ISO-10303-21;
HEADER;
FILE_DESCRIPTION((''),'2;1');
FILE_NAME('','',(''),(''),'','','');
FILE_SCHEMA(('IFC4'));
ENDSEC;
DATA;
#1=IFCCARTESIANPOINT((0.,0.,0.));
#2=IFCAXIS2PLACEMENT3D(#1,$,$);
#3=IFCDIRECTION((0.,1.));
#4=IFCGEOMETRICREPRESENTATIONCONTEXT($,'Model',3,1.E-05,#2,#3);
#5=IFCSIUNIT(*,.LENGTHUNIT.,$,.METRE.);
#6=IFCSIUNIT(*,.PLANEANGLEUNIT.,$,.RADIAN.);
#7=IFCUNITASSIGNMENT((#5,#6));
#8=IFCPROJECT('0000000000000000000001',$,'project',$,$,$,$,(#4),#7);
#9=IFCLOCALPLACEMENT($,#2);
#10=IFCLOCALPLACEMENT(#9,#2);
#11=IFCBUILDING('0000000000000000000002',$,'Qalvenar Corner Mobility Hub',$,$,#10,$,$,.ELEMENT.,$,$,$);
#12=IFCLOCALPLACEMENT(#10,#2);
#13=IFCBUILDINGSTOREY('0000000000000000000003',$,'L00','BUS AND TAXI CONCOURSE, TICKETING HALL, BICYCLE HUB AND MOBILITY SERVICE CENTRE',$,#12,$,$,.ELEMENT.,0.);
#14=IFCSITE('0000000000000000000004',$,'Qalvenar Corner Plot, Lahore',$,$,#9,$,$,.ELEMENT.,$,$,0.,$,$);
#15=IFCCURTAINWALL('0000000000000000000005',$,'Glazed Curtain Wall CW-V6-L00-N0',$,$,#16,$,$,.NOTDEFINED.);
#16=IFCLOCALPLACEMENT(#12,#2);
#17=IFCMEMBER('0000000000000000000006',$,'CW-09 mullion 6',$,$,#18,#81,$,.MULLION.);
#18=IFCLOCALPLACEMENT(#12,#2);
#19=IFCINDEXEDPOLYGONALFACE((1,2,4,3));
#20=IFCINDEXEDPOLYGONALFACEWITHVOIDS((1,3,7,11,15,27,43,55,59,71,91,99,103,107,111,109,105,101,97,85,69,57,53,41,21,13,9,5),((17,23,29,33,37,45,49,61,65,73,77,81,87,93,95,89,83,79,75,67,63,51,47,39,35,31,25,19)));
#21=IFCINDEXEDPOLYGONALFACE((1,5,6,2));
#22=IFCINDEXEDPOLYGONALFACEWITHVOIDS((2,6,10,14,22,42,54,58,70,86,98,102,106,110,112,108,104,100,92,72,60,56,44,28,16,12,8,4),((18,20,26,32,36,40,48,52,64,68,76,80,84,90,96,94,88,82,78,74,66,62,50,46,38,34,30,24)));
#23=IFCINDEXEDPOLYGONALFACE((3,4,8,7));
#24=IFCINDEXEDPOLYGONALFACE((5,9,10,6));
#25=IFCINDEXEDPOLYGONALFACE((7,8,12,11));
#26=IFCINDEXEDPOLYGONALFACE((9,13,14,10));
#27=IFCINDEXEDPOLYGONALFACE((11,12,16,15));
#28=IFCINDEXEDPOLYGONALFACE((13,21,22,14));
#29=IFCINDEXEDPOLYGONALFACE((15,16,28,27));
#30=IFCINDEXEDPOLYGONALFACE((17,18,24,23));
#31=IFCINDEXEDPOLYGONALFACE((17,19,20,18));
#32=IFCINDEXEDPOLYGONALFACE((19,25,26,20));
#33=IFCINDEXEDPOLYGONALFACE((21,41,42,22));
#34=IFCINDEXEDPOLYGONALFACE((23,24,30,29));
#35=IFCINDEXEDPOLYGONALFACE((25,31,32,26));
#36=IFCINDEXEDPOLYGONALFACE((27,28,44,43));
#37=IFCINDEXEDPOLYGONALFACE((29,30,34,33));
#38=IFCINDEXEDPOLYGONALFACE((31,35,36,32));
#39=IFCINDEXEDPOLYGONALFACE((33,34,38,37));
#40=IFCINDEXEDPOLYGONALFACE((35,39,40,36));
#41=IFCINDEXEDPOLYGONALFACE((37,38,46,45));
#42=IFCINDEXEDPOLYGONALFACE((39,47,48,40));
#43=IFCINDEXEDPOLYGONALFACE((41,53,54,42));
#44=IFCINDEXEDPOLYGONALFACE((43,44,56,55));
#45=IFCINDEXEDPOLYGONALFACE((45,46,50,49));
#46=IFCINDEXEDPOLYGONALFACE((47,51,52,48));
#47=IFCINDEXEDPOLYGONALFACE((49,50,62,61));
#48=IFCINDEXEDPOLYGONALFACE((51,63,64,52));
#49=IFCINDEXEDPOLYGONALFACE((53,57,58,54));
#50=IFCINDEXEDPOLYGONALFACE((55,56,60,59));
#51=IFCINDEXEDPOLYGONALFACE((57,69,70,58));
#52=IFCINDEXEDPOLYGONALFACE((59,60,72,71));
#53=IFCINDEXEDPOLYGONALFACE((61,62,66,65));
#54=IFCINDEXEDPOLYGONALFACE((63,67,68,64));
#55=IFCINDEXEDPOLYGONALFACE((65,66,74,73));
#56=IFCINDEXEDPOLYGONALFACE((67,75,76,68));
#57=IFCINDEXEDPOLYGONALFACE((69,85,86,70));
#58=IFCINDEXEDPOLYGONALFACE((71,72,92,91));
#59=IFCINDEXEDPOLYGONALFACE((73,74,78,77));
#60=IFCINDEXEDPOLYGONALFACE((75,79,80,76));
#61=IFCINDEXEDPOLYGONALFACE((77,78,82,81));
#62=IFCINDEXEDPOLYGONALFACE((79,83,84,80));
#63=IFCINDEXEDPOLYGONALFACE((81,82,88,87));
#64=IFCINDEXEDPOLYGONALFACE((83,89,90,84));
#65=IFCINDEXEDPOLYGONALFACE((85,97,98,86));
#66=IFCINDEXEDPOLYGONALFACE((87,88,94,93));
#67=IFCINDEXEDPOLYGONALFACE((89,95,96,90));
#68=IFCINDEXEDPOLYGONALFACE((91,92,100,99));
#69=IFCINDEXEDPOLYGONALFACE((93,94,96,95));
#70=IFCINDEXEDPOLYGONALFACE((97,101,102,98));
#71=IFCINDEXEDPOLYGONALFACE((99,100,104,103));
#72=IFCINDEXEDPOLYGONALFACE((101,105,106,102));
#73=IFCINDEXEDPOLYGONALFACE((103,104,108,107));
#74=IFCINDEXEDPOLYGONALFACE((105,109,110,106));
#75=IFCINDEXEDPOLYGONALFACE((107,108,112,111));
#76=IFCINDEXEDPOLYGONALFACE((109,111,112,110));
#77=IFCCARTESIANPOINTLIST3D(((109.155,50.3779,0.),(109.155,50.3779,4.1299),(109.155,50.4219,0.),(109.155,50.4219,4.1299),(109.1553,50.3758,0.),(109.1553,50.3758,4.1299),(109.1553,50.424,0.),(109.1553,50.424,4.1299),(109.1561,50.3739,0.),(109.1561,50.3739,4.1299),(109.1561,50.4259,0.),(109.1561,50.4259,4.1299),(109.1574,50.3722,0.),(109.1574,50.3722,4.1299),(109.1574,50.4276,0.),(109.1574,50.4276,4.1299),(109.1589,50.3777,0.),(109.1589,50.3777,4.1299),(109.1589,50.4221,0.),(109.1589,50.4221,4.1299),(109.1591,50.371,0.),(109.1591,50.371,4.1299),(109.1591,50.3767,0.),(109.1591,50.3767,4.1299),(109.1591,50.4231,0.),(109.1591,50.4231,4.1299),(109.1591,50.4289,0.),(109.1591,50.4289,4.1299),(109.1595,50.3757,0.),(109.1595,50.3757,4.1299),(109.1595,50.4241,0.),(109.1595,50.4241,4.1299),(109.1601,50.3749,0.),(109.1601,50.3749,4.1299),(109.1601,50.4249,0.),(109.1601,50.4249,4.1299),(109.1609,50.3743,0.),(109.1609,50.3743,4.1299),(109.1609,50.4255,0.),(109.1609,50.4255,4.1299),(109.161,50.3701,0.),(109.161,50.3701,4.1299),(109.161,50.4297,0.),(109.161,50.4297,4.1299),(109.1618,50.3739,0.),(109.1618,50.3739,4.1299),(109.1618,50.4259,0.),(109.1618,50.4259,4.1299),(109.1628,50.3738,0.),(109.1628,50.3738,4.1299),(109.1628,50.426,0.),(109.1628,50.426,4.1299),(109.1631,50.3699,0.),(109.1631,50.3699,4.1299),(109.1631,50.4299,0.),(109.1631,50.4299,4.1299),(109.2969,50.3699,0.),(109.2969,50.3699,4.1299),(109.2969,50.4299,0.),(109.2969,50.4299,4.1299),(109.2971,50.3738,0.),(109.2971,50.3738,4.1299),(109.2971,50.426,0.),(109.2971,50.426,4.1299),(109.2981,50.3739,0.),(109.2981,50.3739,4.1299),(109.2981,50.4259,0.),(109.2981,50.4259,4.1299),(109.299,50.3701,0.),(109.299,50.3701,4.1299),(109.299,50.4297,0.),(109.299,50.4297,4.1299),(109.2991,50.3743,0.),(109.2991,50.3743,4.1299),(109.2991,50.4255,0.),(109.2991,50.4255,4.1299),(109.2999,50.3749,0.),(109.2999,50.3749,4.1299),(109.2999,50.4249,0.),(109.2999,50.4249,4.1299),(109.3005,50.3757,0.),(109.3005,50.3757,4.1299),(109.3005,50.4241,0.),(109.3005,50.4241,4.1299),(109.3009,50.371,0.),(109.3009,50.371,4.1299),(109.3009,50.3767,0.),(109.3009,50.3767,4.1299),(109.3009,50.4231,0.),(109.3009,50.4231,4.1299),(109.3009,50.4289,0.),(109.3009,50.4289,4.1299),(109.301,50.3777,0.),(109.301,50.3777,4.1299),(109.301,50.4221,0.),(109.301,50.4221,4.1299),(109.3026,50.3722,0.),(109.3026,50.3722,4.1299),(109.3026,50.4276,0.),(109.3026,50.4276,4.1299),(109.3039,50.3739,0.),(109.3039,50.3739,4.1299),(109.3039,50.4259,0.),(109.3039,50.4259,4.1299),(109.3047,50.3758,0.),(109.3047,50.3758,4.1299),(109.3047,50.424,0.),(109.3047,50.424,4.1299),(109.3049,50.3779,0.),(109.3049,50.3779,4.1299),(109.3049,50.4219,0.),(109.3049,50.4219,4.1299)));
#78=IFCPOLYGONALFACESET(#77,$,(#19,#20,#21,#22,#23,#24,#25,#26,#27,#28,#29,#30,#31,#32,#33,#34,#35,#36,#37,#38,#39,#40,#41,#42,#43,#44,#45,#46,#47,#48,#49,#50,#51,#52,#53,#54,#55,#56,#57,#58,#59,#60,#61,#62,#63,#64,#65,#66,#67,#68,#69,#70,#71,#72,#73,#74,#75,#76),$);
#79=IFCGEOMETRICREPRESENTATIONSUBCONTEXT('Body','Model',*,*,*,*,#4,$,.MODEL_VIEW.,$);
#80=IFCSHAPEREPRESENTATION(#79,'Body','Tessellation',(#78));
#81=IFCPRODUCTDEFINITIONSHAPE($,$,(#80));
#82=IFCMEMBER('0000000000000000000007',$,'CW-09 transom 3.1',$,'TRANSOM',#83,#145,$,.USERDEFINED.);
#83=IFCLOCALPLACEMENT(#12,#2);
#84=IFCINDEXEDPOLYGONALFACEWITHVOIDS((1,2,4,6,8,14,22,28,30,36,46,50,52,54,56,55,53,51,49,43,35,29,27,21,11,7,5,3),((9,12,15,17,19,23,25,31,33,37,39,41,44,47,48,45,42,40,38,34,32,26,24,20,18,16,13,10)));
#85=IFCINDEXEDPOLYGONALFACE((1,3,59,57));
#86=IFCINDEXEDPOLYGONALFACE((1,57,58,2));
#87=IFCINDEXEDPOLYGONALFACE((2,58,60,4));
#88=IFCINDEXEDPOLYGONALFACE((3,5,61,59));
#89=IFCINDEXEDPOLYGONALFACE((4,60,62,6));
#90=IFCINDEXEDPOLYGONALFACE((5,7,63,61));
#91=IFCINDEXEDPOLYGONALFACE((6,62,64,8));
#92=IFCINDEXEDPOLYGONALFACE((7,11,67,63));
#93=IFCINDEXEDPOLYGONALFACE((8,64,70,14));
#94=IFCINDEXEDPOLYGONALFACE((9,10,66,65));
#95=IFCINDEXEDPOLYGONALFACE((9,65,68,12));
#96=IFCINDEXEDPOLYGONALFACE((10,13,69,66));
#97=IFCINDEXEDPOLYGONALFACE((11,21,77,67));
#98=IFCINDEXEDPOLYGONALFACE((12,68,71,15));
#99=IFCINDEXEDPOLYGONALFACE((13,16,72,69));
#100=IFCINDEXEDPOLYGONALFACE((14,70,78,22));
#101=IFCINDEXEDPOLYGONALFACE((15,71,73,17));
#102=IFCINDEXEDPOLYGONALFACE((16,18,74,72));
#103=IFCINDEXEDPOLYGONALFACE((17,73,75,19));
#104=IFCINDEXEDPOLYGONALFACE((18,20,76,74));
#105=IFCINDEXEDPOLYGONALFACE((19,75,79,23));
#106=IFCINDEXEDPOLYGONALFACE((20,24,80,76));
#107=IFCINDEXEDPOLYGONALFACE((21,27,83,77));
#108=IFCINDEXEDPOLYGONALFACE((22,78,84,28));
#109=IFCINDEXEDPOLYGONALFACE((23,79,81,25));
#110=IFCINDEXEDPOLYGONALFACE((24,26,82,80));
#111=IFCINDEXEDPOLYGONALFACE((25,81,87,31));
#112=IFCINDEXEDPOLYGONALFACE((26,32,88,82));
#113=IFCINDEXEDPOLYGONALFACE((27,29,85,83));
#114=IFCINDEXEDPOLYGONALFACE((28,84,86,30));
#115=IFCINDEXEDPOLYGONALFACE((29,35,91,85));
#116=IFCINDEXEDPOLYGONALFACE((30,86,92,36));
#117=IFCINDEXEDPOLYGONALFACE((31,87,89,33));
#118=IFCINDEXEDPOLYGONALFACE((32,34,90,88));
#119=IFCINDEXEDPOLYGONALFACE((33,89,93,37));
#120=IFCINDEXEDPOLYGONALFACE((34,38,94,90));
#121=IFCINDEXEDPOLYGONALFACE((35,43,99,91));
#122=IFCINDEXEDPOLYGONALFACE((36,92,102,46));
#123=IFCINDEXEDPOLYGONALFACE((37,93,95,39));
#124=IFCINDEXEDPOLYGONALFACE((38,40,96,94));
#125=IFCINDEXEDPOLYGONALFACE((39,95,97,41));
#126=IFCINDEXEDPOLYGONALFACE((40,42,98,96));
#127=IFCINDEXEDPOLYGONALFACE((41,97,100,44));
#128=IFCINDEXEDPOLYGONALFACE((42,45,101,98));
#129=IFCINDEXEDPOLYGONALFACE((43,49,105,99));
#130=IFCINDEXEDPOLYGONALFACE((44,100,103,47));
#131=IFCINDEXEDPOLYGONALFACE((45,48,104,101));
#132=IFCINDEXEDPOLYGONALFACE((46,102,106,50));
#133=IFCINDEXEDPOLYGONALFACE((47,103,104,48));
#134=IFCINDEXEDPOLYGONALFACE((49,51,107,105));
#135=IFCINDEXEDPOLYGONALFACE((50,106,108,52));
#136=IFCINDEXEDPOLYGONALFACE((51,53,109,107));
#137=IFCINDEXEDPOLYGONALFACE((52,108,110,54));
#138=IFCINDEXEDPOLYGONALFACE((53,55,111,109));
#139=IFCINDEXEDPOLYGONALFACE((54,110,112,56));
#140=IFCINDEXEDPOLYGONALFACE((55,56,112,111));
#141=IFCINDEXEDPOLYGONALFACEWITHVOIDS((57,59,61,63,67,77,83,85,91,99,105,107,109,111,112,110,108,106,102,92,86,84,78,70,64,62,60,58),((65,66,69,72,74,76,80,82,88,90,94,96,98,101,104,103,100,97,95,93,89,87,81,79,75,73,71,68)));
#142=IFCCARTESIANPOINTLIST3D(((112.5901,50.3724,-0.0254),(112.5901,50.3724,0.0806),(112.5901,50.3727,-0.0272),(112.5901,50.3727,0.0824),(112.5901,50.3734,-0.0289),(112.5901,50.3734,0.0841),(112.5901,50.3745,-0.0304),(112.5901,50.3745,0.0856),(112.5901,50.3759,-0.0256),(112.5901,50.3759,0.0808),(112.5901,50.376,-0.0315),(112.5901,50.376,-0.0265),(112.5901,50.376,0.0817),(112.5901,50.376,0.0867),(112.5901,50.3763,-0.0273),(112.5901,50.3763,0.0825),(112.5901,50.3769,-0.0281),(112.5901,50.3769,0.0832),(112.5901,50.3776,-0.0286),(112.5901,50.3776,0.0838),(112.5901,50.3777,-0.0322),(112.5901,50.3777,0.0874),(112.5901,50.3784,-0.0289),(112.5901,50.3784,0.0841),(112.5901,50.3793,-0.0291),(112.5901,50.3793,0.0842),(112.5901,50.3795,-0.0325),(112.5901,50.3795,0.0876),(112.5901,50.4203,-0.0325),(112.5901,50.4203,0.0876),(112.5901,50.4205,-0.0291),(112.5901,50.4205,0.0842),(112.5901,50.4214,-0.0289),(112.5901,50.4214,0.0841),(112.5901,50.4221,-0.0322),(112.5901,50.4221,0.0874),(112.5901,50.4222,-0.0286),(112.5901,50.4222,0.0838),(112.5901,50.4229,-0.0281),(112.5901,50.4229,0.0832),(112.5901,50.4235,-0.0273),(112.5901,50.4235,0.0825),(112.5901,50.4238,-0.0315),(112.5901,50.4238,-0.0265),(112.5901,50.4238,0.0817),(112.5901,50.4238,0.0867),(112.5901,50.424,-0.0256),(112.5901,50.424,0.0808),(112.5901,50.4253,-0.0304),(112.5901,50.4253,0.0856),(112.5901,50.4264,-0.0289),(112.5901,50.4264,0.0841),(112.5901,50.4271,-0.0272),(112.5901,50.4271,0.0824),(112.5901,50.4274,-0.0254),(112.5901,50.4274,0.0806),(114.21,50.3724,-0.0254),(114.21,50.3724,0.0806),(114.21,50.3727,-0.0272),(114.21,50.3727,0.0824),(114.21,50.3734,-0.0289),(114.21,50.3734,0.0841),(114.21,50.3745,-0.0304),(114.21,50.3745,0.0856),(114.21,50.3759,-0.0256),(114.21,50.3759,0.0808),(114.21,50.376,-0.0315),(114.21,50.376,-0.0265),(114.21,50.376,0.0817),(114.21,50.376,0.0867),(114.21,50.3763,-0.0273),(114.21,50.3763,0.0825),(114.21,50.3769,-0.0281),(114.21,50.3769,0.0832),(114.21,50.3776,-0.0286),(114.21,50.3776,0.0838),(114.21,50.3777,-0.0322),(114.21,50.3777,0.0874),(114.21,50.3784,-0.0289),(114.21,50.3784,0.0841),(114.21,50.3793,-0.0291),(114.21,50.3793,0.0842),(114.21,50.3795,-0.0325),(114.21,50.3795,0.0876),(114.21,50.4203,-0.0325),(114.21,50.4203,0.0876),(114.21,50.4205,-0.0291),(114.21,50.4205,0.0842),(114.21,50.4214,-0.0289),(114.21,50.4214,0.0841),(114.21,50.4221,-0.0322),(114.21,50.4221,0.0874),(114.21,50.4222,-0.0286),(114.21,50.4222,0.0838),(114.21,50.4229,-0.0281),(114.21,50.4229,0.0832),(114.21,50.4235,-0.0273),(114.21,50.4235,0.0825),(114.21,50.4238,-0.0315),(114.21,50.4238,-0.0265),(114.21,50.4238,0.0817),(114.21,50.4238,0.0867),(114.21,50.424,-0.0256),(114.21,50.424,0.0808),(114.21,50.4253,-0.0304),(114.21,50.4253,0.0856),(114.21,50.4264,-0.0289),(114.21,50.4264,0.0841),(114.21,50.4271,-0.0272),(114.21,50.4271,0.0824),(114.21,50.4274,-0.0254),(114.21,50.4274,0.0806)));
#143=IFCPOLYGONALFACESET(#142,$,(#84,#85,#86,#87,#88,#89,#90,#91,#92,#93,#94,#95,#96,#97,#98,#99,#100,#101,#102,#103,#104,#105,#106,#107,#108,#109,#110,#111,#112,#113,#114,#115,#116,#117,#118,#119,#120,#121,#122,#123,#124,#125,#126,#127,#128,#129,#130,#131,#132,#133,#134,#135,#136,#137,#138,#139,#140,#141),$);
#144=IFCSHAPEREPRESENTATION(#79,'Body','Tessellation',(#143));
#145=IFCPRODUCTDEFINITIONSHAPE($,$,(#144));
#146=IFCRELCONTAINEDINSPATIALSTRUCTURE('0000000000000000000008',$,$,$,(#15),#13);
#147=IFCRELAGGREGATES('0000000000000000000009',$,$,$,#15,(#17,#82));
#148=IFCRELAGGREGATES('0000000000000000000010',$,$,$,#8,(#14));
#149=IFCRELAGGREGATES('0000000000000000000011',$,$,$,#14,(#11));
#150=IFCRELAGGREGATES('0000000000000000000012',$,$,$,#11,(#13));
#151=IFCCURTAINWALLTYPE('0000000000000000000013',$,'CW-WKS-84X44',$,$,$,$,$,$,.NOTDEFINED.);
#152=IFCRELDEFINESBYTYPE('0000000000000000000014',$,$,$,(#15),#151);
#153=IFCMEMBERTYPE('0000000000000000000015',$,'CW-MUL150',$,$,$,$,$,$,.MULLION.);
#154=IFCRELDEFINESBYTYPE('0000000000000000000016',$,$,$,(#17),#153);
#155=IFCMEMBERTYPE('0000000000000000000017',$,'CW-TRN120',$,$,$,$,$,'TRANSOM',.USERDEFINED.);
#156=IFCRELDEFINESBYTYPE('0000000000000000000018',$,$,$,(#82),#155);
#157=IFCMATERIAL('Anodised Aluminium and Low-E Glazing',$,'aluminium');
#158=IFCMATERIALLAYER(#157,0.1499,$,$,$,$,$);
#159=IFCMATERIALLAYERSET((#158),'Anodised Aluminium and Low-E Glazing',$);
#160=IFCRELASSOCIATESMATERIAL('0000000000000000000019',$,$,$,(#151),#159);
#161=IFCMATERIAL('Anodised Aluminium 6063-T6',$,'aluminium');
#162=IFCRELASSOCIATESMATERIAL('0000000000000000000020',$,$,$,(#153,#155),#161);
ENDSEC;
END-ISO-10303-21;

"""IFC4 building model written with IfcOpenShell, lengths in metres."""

from ifc_helpers import new_model, si_unit, direction, frame, origin, origin_2d, place, context, subcontext, project, spatial, hollow_rectangle, extrude, material, layer, layer_set, material_profile, profile_set, type_object, element, aggregate, save


model = new_model("IFC4")

# Units and contexts
model_context = context("Model", 3, precision=1e-05, world=origin(), true_north=direction((0.0, 1.0)))
body_context = subcontext(model_context, "Body", "Model", "MODEL_VIEW")
ifc_project = project(units=[si_unit("LENGTHUNIT", "METRE"), si_unit("PLANEANGLEUNIT", "RADIAN")], contexts=[model_context])

# Site, building, storey
site_placement = place(None, origin())
site = spatial("IfcSite", under=ifc_project, at=site_placement, Name="Qalvenar Corner Plot, Lahore", CompositionType="ELEMENT", RefElevation=0.0)
building_placement = place(site_placement, origin())
building = spatial("IfcBuilding", under=site, at=building_placement, Name="Qalvenar Corner Mobility Hub", CompositionType="ELEMENT")
storey_placement = place(building_placement, origin())
storey = spatial("IfcBuildingStorey", under=building, at=storey_placement, Name="L00", Description="BUS AND TAXI CONCOURSE, TICKETING HALL, BICYCLE HUB AND MOBILITY SERVICE CENTRE", CompositionType="ELEMENT", Elevation=0.0)

# Curtain wall, members
ifc_material_1 = material(Name="Anodised Aluminium and Low-E Glazing", Category="aluminium")
ifc_layer_1 = layer(ifc_material_1, 0.1499)
ifc_layer_set_1 = layer_set([ifc_layer_1], Name="Anodised Aluminium and Low-E Glazing")
curtain_wall_type = type_object("IfcCurtainWallType", Name="CW-WKS-84X44", PredefinedType="NOTDEFINED", material=ifc_layer_set_1)
curtain_wall_placement = place(storey_placement, origin())
curtain_wall = element("IfcCurtainWall", 1, at=curtain_wall_placement, inside=storey, type_object=curtain_wall_type, Name="Glazed Curtain Wall CW-V6-L00-N0", PredefinedType="NOTDEFINED")
ifc_material_2 = material(Name="Anodised Aluminium 6063-T6", Category="aluminium")
ifc_material_profile_1 = material_profile(ifc_material_2, hollow_rectangle(XDim=0.0601, YDim=0.1499, WallThickness=0.0039, InnerFilletRadius=0.0039, OuterFilletRadius=0.0081, at=origin_2d()), Name="RHS150x60x4")
ifc_profile_set_1 = profile_set([ifc_material_profile_1], Name="Anodised Aluminium 6063-T6")
member_type_1 = type_object("IfcMemberType", Name="CW-MUL150", PredefinedType="MULLION", material=ifc_profile_set_1)
member_1_placement = place(storey_placement, frame((109.23, 50.3999, 0.0), z_axis=(0.0, 0.0, 1.0), x_axis=(0.0, -1.0, 0.0)))
member_1 = element("IfcMember", 2, at=member_1_placement, type_object=member_type_1, Name="CW-09 mullion 6", PredefinedType="MULLION", context=body_context, shape_type="SweptSolid", body=[
    extrude(hollow_rectangle(XDim=0.0601, YDim=0.1499, WallThickness=0.0039, InnerFilletRadius=0.0039, OuterFilletRadius=0.0081, at=origin_2d()), origin(), (0.0, 0.0, 1.0), 4.1299),
])
ifc_material_profile_2 = material_profile(ifc_material_2, hollow_rectangle(XDim=0.0549, YDim=0.1201, WallThickness=0.0034, InnerFilletRadius=0.0034, OuterFilletRadius=0.0071, at=origin_2d()), Name="RHS120x55x3.5")
ifc_profile_set_2 = profile_set([ifc_material_profile_2], Name="Anodised Aluminium 6063-T6")
member_type_2 = type_object("IfcMemberType", Name="CW-TRN120", ElementType="TRANSOM", PredefinedType="USERDEFINED", material=ifc_profile_set_2)
member_2_placement = place(storey_placement, frame((114.21, 50.3999, 0.0276), z_axis=(-1.0, 0.0, 0.0), x_axis=(0.0, -1.0, 0.0)))
member_2 = element("IfcMember", 3, at=member_2_placement, type_object=member_type_2, Name="CW-09 transom 3.1", ObjectType="TRANSOM", PredefinedType="USERDEFINED", context=body_context, shape_type="SweptSolid", body=[
    extrude(hollow_rectangle(XDim=0.0549, YDim=0.1201, WallThickness=0.0034, InnerFilletRadius=0.0034, OuterFilletRadius=0.0071, at=origin_2d()), origin(), (0.0, 0.0, 1.0), 1.6199),
])
aggregate(curtain_wall, [member_1, member_2])

save(model, "model.ifc")
